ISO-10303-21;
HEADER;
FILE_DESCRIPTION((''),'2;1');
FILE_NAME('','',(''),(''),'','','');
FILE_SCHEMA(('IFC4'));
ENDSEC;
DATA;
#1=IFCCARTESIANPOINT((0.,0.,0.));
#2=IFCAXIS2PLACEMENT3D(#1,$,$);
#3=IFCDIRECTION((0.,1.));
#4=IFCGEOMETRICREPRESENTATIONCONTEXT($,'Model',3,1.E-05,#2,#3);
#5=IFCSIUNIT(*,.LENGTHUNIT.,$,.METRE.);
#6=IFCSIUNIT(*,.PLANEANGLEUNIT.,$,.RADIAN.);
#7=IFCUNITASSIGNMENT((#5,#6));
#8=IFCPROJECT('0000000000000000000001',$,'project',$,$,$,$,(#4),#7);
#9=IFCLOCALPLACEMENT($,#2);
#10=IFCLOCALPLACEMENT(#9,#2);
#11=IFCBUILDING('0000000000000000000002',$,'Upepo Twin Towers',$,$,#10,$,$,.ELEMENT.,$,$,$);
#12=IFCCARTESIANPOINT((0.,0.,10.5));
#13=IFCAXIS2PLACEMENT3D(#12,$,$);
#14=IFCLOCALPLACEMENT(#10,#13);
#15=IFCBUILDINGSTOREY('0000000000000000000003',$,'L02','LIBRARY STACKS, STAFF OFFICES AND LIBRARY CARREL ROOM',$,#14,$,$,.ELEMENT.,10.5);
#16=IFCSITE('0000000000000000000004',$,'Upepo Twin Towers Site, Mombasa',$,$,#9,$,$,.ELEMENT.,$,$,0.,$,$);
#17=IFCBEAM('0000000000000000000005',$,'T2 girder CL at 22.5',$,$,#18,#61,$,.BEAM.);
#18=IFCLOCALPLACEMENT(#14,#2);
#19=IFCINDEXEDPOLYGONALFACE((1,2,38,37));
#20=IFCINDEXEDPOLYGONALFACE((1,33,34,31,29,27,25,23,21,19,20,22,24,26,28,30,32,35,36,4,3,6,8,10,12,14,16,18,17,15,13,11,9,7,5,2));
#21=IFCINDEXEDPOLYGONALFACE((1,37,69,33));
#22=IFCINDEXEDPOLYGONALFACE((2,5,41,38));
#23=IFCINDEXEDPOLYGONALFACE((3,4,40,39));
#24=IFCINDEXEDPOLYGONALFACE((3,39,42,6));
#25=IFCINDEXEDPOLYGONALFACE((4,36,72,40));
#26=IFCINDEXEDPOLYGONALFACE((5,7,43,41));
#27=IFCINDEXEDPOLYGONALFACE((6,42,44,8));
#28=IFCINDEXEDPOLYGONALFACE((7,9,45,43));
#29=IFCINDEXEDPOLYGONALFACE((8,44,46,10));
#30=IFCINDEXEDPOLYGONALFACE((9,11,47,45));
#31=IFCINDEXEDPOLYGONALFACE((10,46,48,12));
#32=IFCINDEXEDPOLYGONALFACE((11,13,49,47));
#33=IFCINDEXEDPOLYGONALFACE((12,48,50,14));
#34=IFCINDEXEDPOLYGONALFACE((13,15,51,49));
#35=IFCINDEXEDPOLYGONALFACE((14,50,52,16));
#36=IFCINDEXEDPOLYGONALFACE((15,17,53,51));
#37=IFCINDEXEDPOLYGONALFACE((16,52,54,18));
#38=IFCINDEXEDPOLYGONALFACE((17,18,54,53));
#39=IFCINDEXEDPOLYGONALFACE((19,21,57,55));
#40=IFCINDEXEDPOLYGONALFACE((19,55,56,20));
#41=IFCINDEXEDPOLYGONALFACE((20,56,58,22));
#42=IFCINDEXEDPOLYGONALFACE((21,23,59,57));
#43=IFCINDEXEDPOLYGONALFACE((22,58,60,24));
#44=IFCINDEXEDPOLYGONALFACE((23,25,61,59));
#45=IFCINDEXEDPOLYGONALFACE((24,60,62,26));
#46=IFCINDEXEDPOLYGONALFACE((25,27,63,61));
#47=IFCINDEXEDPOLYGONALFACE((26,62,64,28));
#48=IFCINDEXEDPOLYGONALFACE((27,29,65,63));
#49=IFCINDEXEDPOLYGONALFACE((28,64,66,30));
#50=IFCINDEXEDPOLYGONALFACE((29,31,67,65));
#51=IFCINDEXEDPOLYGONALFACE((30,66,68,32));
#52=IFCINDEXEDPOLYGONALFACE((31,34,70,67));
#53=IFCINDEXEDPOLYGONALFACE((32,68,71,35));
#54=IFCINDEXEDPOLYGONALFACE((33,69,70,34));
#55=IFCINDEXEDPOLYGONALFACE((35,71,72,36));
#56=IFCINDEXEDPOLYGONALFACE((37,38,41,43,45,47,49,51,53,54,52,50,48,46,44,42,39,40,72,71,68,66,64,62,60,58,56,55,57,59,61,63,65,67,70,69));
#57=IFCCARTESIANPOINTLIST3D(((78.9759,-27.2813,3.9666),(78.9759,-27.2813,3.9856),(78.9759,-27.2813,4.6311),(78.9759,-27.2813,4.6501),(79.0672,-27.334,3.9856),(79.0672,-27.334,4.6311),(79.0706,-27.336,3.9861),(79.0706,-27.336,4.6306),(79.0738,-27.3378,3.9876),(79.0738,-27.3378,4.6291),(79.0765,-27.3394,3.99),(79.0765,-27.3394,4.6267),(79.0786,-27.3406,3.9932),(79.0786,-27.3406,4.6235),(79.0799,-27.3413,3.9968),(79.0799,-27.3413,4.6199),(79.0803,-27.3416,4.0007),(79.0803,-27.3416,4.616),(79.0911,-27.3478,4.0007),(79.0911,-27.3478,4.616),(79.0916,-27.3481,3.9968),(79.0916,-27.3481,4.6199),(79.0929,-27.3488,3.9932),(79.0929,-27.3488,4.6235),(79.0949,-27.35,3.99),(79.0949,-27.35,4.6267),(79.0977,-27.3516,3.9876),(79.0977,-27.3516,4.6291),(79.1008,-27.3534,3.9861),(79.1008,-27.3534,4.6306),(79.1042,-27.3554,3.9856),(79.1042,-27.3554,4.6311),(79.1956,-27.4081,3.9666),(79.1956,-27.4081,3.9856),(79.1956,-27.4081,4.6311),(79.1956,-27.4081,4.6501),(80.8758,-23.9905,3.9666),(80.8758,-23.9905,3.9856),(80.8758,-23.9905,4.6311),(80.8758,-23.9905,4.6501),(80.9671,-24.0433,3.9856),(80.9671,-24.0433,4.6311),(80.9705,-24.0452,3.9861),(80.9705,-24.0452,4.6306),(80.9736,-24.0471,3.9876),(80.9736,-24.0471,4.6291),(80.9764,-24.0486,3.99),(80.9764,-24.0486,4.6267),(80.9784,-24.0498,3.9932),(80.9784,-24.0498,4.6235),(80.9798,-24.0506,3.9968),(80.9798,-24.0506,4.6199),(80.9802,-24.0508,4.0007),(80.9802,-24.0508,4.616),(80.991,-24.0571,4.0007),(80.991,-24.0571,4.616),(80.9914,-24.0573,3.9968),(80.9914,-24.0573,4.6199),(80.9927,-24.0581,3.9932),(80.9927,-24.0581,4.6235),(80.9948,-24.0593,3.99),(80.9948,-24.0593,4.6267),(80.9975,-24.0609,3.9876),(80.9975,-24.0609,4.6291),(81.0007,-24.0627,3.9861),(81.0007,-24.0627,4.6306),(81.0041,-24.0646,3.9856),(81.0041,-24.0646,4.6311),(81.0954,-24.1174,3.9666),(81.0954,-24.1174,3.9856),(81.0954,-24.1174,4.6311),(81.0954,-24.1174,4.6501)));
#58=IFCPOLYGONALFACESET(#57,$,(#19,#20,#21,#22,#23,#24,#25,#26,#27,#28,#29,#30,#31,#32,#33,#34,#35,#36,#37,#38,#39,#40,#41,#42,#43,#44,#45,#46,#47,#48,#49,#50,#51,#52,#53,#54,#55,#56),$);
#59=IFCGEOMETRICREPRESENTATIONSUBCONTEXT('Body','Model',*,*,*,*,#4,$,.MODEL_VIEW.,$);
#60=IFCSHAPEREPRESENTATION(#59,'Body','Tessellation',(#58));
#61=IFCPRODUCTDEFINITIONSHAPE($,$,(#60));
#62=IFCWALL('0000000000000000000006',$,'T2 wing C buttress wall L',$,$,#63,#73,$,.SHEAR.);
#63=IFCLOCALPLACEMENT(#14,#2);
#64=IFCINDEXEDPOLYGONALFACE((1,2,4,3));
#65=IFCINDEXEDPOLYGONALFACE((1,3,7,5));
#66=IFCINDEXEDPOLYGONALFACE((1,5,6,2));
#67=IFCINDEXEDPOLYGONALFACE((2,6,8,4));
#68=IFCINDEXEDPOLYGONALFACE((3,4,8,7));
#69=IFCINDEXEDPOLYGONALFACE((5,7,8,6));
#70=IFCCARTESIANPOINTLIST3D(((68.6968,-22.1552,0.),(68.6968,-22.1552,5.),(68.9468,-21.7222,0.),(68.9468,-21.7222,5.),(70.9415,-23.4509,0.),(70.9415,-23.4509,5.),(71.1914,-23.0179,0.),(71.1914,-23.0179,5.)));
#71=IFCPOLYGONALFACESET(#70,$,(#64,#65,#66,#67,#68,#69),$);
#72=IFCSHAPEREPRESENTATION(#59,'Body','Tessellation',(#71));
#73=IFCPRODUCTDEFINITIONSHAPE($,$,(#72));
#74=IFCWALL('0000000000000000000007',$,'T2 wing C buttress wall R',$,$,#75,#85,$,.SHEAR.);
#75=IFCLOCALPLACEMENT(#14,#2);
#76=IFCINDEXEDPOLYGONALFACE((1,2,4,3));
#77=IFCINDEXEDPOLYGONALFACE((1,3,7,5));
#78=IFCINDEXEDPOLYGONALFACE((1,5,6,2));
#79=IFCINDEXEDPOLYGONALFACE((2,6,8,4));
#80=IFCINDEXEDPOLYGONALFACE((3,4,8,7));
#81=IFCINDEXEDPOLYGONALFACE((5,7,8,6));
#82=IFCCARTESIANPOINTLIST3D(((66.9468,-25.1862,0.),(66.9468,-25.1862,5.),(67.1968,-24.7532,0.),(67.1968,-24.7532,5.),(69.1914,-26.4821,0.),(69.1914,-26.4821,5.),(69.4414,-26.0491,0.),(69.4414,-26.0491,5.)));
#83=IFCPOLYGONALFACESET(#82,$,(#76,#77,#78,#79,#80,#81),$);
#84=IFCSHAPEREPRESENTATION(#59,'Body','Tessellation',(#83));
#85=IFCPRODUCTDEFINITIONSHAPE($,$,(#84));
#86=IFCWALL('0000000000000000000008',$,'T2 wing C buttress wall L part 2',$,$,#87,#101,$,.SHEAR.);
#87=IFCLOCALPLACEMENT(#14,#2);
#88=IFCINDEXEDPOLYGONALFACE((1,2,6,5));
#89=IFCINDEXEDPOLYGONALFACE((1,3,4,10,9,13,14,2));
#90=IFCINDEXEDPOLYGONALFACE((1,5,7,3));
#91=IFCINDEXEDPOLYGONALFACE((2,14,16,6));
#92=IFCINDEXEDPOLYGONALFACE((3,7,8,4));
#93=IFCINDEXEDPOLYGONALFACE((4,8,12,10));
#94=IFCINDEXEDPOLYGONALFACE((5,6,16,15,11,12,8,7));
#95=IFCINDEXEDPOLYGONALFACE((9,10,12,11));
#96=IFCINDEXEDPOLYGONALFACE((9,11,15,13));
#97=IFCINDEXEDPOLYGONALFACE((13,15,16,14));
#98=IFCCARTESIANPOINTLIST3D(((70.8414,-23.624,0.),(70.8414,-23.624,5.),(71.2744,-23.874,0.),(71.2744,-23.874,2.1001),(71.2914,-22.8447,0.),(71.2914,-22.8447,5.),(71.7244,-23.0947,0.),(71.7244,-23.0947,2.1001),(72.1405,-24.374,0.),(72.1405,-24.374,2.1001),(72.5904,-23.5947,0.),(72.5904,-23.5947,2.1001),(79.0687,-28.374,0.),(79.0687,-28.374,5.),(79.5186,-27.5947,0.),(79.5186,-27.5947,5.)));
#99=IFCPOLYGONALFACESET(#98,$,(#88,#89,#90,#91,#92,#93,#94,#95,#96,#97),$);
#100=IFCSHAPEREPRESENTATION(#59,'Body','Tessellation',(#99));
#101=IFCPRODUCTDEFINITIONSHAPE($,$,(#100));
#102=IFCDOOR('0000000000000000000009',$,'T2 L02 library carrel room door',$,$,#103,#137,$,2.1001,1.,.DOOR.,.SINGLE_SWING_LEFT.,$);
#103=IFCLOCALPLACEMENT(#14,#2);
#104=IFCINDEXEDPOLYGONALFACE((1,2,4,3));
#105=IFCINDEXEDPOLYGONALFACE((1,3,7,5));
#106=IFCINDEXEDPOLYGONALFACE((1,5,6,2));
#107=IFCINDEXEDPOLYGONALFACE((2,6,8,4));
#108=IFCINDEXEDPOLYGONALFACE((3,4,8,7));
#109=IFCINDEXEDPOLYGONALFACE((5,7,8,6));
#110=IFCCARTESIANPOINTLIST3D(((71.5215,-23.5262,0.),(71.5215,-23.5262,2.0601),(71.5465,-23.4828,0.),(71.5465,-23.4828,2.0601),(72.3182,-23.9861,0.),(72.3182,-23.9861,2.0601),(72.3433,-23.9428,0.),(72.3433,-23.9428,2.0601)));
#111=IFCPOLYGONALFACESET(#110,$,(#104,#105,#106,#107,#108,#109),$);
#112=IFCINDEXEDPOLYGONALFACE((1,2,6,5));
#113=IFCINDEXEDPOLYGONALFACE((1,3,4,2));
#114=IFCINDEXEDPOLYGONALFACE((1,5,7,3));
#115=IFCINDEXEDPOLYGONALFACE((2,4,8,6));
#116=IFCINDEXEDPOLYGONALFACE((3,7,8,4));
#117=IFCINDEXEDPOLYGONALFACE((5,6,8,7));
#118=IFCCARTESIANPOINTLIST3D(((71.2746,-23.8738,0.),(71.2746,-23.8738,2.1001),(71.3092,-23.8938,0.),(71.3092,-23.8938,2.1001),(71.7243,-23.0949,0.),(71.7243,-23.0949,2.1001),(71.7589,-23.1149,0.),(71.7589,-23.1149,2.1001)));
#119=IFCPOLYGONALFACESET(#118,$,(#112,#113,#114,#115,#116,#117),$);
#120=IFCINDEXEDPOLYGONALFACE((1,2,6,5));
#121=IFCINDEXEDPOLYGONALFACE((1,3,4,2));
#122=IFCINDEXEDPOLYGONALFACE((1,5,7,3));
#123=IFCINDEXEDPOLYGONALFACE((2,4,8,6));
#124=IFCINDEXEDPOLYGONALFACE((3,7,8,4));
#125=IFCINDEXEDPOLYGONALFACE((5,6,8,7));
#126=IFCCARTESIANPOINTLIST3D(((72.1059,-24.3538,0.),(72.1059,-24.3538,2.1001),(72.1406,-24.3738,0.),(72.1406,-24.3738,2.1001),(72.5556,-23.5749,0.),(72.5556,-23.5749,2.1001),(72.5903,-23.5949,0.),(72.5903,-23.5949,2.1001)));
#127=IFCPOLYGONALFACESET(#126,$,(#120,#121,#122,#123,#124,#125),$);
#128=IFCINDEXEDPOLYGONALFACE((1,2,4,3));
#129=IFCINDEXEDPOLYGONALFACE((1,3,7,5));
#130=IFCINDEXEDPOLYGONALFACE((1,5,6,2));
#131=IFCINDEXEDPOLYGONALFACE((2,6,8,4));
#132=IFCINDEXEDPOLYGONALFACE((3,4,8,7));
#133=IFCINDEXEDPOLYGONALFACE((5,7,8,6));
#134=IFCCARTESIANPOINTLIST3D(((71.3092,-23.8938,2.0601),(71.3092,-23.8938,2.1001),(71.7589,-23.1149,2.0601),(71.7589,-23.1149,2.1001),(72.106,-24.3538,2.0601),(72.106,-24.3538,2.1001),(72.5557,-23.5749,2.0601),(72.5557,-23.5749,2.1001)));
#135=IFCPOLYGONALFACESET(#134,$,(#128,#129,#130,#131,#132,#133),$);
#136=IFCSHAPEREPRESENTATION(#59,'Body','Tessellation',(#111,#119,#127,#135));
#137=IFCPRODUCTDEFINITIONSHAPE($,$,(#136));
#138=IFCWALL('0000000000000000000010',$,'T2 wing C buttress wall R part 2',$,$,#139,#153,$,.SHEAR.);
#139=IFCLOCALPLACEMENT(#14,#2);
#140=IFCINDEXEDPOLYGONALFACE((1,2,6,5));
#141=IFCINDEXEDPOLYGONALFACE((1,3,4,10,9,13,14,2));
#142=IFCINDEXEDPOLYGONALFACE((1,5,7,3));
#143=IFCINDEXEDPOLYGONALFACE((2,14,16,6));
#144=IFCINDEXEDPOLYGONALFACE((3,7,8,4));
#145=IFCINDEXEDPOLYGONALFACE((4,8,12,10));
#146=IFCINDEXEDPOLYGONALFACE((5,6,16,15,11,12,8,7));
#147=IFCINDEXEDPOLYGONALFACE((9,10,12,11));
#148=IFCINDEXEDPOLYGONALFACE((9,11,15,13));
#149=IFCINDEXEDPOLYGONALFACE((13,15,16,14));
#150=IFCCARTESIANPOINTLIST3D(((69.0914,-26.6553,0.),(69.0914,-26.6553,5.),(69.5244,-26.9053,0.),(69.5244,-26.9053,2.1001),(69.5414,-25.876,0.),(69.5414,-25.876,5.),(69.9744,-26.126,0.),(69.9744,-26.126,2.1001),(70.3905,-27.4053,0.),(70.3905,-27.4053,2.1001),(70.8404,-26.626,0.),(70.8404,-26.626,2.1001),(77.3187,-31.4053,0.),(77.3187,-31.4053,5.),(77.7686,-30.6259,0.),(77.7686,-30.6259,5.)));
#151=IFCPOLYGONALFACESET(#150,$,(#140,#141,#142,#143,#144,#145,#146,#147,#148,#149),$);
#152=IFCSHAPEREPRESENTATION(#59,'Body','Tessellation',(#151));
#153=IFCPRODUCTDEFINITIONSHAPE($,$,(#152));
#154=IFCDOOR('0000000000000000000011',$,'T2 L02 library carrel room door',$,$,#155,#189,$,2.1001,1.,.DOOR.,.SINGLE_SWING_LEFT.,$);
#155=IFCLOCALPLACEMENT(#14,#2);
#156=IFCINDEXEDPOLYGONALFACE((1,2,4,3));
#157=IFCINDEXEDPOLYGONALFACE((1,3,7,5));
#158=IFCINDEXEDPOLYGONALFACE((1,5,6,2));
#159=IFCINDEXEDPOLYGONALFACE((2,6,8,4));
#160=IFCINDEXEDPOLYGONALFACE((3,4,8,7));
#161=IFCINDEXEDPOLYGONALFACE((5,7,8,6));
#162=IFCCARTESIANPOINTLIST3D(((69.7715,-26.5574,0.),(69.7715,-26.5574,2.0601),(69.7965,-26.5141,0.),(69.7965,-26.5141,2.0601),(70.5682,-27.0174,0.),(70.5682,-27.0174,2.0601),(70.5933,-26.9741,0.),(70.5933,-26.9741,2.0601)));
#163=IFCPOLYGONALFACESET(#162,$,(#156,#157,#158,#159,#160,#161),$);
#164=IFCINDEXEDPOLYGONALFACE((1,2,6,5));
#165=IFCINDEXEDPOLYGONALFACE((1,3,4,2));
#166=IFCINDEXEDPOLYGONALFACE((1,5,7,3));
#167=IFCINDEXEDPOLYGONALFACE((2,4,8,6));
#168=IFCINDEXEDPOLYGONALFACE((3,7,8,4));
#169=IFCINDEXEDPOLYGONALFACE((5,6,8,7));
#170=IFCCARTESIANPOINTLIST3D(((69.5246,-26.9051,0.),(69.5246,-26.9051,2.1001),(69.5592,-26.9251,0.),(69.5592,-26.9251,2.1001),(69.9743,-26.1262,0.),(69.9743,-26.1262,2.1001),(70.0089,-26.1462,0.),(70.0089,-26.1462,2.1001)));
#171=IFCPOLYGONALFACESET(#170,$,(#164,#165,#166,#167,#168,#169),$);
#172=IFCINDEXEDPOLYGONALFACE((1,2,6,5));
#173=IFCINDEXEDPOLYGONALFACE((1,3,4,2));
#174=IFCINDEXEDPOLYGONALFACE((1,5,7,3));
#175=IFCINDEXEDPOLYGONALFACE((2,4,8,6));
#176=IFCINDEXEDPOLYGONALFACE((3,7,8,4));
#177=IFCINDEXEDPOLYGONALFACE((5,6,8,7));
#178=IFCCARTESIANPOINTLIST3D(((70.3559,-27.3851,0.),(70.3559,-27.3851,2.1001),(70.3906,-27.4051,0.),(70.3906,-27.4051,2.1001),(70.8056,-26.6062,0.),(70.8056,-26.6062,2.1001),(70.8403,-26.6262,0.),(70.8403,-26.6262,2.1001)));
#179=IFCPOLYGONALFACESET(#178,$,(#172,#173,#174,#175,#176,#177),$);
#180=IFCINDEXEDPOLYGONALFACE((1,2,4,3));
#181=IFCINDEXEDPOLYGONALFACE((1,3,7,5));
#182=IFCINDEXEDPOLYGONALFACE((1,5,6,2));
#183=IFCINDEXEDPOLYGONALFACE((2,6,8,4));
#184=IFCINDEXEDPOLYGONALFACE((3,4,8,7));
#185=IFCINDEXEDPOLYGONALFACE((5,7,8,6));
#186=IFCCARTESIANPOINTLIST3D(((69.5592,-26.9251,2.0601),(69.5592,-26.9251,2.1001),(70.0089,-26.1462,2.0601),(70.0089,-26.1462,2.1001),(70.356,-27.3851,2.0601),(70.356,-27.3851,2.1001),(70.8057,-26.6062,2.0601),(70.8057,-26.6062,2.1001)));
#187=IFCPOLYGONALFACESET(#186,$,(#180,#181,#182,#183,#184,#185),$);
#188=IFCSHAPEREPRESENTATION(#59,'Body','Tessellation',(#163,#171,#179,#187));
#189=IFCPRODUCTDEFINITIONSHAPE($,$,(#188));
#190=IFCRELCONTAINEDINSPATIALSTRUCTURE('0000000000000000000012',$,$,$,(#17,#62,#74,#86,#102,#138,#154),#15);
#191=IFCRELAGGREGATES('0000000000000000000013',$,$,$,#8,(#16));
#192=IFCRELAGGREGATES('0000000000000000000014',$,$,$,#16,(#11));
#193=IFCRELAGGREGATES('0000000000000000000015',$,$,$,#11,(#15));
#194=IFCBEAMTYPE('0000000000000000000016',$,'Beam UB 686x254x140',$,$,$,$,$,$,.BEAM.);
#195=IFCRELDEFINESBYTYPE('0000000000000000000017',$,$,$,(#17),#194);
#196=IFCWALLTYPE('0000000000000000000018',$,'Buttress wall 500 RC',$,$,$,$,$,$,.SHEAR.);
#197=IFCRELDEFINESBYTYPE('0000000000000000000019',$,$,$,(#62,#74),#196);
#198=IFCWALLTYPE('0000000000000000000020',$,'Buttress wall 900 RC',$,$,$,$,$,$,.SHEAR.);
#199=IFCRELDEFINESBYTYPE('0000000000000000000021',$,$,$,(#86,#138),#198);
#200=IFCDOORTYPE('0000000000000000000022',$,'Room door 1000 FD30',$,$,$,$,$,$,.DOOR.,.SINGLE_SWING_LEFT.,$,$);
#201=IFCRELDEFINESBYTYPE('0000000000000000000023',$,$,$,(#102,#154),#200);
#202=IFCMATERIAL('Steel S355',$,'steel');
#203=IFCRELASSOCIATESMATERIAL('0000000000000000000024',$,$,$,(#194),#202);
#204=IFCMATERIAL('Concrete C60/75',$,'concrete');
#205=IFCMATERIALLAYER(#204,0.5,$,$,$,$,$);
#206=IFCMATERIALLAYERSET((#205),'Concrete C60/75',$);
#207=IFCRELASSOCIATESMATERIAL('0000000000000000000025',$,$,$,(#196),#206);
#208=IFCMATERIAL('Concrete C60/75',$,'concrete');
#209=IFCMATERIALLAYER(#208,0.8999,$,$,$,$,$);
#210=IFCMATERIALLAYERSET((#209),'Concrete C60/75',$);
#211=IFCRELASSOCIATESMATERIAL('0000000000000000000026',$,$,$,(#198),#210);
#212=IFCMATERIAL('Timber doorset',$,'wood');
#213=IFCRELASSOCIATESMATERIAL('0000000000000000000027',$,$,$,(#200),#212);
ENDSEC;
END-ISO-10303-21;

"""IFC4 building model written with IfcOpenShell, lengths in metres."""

from ifc_helpers import new_model, si_unit, direction, frame, frame_2d, origin, origin_2d, place, context, subcontext, project, spatial, rectangle, i_section, extrude, material, layer, layer_set, material_profile, profile_set, type_object, element, fill, save


model = new_model("IFC4")

# Units and contexts
model_context = context("Model", 3, precision=1e-05, world=origin(), true_north=direction((0.0, 1.0)))
body_context = subcontext(model_context, "Body", "Model", "MODEL_VIEW")
ifc_project = project(units=[si_unit("LENGTHUNIT", "METRE"), si_unit("PLANEANGLEUNIT", "RADIAN")], contexts=[model_context])

# Site, building, storey
site_placement = place(None, origin())
site = spatial("IfcSite", under=ifc_project, at=site_placement, Name="Upepo Twin Towers Site, Mombasa", CompositionType="ELEMENT", RefElevation=0.0)
building_placement = place(site_placement, origin())
building = spatial("IfcBuilding", under=site, at=building_placement, Name="Upepo Twin Towers", CompositionType="ELEMENT")
storey_placement = place(building_placement, frame((0.0, 0.0, 10.5)))
storey = spatial("IfcBuildingStorey", under=building, at=storey_placement, Name="L02", Description="LIBRARY STACKS, STAFF OFFICES AND LIBRARY CARREL ROOM", CompositionType="ELEMENT", Elevation=10.5)

# Beam
ifc_material_1 = material(Name="Steel S355", Category="steel")
ifc_material_profile_1 = material_profile(ifc_material_1, i_section(OverallWidth=0.2537, OverallDepth=0.6836, WebThickness=0.0125, FlangeThickness=0.019, FilletRadius=0.0151, at=origin_2d()), Name="UB 686x254x140")
ifc_profile_set_1 = profile_set([ifc_material_profile_1], Name="Steel S355")
beam_type_1 = type_object("IfcBeamType", Name="Beam UB 686x254x140", PredefinedType="BEAM", material=ifc_profile_set_1)
for number, where, z_axis, x_axis, name in (
    (1, (80.9856, -24.054, 4.3083), (-0.499995, -0.866028, 0.0), (0.866028, -0.499995, 0.0), "T2 girder CL at 22.5"),
):
    element("IfcBeam", number, at=place(storey_placement, frame(where, z_axis=z_axis, x_axis=x_axis)), inside=storey, type_object=beam_type_1, Name=name, PredefinedType="BEAM", context=body_context, shape_type="SweptSolid", body=[
        extrude(i_section(OverallWidth=0.2537, OverallDepth=0.6836, WebThickness=0.0125, FlangeThickness=0.019, FilletRadius=0.0151, at=origin_2d()), origin(), (0.0, 0.0, 1.0), 3.7998),
    ])

# Walls
ifc_material_2 = material(Name="Concrete C60/75", Category="concrete")
ifc_layer_1 = layer(ifc_material_2, 0.5)
ifc_layer_set_1 = layer_set([ifc_layer_1], Name="Concrete C60/75")
wall_type_1 = type_object("IfcWallType", Name="Buttress wall 500 RC", PredefinedType="SHEAR", material=ifc_layer_set_1)
for number, where, z_axis, x_axis, name in (
    (2, (68.8218, -21.9387, 0.0), (0.0, 0.0, 1.0), (0.866073, -0.499918, 0.0), "T2 wing C buttress wall L"),
    (3, (67.0718, -24.9697, 0.0), (0.0, 0.0, 1.0), (0.866032, -0.499989, 0.0), "T2 wing C buttress wall R"),
):
    element("IfcWall", number, at=place(storey_placement, frame(where, z_axis=z_axis, x_axis=x_axis)), inside=storey, type_object=wall_type_1, Name=name, PredefinedType="SHEAR", context=body_context, shape_type="SweptSolid", body=[
        extrude(rectangle(XDim=2.5918, YDim=0.5, at=frame_2d((1.2959, 0.0))), origin(), (0.0, 0.0, 1.0), 5.0),
    ])

# Walls, openings, doors
ifc_material_3 = material(Name="Concrete C60/75", Category="concrete")
ifc_layer_2 = layer(ifc_material_3, 0.8999)
ifc_layer_set_2 = layer_set([ifc_layer_2], Name="Concrete C60/75")
wall_type_2 = type_object("IfcWallType", Name="Buttress wall 900 RC", PredefinedType="SHEAR", material=ifc_layer_set_2)
wall_1_placement = place(storey_placement, frame((71.0664, -23.2344, 0.0), z_axis=(0.0, 0.0, 1.0), x_axis=(0.866027, -0.499998, 0.0)))
wall_1 = element("IfcWall", 4, at=wall_1_placement, inside=storey, type_object=wall_type_2, Name="T2 wing C buttress wall L part 2", PredefinedType="SHEAR", context=body_context, shape_type="SweptSolid", body=[
    extrude(rectangle(XDim=9.5, YDim=0.8999, at=frame_2d((4.75, 0.0))), origin(), (0.0, 0.0, 1.0), 5.0),
])
opening_1_placement = place(wall_1_placement, frame((0.5, 0.0, 0.0)))
opening_1 = element("IfcOpeningElement", 5, at=opening_1_placement, cuts=wall_1, PredefinedType="OPENING", context=body_context, shape_type="SweptSolid", body=[
    extrude(rectangle(XDim=1.0, YDim=2.1001, at=frame_2d((0.5, 1.05))), frame((0.0, 0.46, 0.0), z_axis=(0.0, -1.0, 0.0), x_axis=(1.0, 0.0, 0.0)), (0.0, 0.0, 1.0), 0.9199),
])
ifc_material_4 = material(Name="Timber doorset", Category="wood")
door_type_1 = type_object("IfcDoorType", Name="Room door 1000 FD30", OperationType="SINGLE_SWING_LEFT", PredefinedType="DOOR", material=ifc_material_4)
door_1_placement = place(opening_1_placement, origin())
door_1 = element("IfcDoor", 6, at=door_1_placement, inside=storey, type_object=door_type_1, Name="T2 L02 library carrel room door", OperationType="SINGLE_SWING_LEFT", OverallHeight=2.1001, OverallWidth=1.0, PredefinedType="DOOR", context=body_context, shape_type="SweptSolid", body=[
    extrude(rectangle(XDim=0.92, YDim=2.0601, at=frame_2d((0.5, 1.03))), frame((0.0, 0.0249, 0.0), z_axis=(0.0, -1.0, 0.0), x_axis=(1.0, 0.0, 0.0)), (0.0, 0.0, 1.0), 0.05),
    extrude(rectangle(XDim=0.04, YDim=2.1001, at=frame_2d((0.02, 1.05))), frame((0.0, 0.4497, 0.0), z_axis=(0.0, -1.0, 0.0), x_axis=(1.0, 0.0, 0.0)), (0.0, 0.0, 1.0), 0.8994),
    extrude(rectangle(XDim=0.04, YDim=2.1001, at=frame_2d((0.98, 1.05))), frame((0.0, 0.4497, 0.0), z_axis=(0.0, -1.0, 0.0), x_axis=(1.0, 0.0, 0.0)), (0.0, 0.0, 1.0), 0.8994),
    extrude(rectangle(XDim=0.92, YDim=0.04, at=frame_2d((0.5, 2.0801))), frame((0.0, 0.4497, 0.0), z_axis=(0.0, -1.0, 0.0), x_axis=(1.0, 0.0, 0.0)), (0.0, 0.0, 1.0), 0.8994),
])
fill(opening_1, door_1)
wall_2_placement = place(storey_placement, frame((69.3164, -26.2656, 0.0), z_axis=(0.0, 0.0, 1.0), x_axis=(0.866027, -0.499998, 0.0)))
wall_2 = element("IfcWall", 7, at=wall_2_placement, inside=storey, type_object=wall_type_2, Name="T2 wing C buttress wall R part 2", PredefinedType="SHEAR", context=body_context, shape_type="SweptSolid", body=[
    extrude(rectangle(XDim=9.5, YDim=0.8999, at=frame_2d((4.75, 0.0))), origin(), (0.0, 0.0, 1.0), 5.0),
])
opening_2_placement = place(wall_2_placement, frame((0.5, 0.0, 0.0)))
opening_2 = element("IfcOpeningElement", 8, at=opening_2_placement, cuts=wall_2, PredefinedType="OPENING", context=body_context, shape_type="SweptSolid", body=[
    extrude(rectangle(XDim=1.0, YDim=2.1001, at=frame_2d((0.5, 1.05))), frame((0.0, 0.46, 0.0), z_axis=(0.0, -1.0, 0.0), x_axis=(1.0, 0.0, 0.0)), (0.0, 0.0, 1.0), 0.9199),
])
door_2_placement = place(opening_2_placement, origin())
door_2 = element("IfcDoor", 9, at=door_2_placement, inside=storey, type_object=door_type_1, Name="T2 L02 library carrel room door", OperationType="SINGLE_SWING_LEFT", OverallHeight=2.1001, OverallWidth=1.0, PredefinedType="DOOR", context=body_context, shape_type="SweptSolid", body=[
    extrude(rectangle(XDim=0.92, YDim=2.0601, at=frame_2d((0.5, 1.03))), frame((0.0, 0.0249, 0.0), z_axis=(0.0, -1.0, 0.0), x_axis=(1.0, 0.0, 0.0)), (0.0, 0.0, 1.0), 0.05),
    extrude(rectangle(XDim=0.04, YDim=2.1001, at=frame_2d((0.02, 1.05))), frame((0.0, 0.4497, 0.0), z_axis=(0.0, -1.0, 0.0), x_axis=(1.0, 0.0, 0.0)), (0.0, 0.0, 1.0), 0.8994),
    extrude(rectangle(XDim=0.04, YDim=2.1001, at=frame_2d((0.98, 1.05))), frame((0.0, 0.4497, 0.0), z_axis=(0.0, -1.0, 0.0), x_axis=(1.0, 0.0, 0.0)), (0.0, 0.0, 1.0), 0.8994),
    extrude(rectangle(XDim=0.92, YDim=0.04, at=frame_2d((0.5, 2.0801))), frame((0.0, 0.4497, 0.0), z_axis=(0.0, -1.0, 0.0), x_axis=(1.0, 0.0, 0.0)), (0.0, 0.0, 1.0), 0.8994),
])
fill(opening_2, door_2)

save(model, "model.ifc")
